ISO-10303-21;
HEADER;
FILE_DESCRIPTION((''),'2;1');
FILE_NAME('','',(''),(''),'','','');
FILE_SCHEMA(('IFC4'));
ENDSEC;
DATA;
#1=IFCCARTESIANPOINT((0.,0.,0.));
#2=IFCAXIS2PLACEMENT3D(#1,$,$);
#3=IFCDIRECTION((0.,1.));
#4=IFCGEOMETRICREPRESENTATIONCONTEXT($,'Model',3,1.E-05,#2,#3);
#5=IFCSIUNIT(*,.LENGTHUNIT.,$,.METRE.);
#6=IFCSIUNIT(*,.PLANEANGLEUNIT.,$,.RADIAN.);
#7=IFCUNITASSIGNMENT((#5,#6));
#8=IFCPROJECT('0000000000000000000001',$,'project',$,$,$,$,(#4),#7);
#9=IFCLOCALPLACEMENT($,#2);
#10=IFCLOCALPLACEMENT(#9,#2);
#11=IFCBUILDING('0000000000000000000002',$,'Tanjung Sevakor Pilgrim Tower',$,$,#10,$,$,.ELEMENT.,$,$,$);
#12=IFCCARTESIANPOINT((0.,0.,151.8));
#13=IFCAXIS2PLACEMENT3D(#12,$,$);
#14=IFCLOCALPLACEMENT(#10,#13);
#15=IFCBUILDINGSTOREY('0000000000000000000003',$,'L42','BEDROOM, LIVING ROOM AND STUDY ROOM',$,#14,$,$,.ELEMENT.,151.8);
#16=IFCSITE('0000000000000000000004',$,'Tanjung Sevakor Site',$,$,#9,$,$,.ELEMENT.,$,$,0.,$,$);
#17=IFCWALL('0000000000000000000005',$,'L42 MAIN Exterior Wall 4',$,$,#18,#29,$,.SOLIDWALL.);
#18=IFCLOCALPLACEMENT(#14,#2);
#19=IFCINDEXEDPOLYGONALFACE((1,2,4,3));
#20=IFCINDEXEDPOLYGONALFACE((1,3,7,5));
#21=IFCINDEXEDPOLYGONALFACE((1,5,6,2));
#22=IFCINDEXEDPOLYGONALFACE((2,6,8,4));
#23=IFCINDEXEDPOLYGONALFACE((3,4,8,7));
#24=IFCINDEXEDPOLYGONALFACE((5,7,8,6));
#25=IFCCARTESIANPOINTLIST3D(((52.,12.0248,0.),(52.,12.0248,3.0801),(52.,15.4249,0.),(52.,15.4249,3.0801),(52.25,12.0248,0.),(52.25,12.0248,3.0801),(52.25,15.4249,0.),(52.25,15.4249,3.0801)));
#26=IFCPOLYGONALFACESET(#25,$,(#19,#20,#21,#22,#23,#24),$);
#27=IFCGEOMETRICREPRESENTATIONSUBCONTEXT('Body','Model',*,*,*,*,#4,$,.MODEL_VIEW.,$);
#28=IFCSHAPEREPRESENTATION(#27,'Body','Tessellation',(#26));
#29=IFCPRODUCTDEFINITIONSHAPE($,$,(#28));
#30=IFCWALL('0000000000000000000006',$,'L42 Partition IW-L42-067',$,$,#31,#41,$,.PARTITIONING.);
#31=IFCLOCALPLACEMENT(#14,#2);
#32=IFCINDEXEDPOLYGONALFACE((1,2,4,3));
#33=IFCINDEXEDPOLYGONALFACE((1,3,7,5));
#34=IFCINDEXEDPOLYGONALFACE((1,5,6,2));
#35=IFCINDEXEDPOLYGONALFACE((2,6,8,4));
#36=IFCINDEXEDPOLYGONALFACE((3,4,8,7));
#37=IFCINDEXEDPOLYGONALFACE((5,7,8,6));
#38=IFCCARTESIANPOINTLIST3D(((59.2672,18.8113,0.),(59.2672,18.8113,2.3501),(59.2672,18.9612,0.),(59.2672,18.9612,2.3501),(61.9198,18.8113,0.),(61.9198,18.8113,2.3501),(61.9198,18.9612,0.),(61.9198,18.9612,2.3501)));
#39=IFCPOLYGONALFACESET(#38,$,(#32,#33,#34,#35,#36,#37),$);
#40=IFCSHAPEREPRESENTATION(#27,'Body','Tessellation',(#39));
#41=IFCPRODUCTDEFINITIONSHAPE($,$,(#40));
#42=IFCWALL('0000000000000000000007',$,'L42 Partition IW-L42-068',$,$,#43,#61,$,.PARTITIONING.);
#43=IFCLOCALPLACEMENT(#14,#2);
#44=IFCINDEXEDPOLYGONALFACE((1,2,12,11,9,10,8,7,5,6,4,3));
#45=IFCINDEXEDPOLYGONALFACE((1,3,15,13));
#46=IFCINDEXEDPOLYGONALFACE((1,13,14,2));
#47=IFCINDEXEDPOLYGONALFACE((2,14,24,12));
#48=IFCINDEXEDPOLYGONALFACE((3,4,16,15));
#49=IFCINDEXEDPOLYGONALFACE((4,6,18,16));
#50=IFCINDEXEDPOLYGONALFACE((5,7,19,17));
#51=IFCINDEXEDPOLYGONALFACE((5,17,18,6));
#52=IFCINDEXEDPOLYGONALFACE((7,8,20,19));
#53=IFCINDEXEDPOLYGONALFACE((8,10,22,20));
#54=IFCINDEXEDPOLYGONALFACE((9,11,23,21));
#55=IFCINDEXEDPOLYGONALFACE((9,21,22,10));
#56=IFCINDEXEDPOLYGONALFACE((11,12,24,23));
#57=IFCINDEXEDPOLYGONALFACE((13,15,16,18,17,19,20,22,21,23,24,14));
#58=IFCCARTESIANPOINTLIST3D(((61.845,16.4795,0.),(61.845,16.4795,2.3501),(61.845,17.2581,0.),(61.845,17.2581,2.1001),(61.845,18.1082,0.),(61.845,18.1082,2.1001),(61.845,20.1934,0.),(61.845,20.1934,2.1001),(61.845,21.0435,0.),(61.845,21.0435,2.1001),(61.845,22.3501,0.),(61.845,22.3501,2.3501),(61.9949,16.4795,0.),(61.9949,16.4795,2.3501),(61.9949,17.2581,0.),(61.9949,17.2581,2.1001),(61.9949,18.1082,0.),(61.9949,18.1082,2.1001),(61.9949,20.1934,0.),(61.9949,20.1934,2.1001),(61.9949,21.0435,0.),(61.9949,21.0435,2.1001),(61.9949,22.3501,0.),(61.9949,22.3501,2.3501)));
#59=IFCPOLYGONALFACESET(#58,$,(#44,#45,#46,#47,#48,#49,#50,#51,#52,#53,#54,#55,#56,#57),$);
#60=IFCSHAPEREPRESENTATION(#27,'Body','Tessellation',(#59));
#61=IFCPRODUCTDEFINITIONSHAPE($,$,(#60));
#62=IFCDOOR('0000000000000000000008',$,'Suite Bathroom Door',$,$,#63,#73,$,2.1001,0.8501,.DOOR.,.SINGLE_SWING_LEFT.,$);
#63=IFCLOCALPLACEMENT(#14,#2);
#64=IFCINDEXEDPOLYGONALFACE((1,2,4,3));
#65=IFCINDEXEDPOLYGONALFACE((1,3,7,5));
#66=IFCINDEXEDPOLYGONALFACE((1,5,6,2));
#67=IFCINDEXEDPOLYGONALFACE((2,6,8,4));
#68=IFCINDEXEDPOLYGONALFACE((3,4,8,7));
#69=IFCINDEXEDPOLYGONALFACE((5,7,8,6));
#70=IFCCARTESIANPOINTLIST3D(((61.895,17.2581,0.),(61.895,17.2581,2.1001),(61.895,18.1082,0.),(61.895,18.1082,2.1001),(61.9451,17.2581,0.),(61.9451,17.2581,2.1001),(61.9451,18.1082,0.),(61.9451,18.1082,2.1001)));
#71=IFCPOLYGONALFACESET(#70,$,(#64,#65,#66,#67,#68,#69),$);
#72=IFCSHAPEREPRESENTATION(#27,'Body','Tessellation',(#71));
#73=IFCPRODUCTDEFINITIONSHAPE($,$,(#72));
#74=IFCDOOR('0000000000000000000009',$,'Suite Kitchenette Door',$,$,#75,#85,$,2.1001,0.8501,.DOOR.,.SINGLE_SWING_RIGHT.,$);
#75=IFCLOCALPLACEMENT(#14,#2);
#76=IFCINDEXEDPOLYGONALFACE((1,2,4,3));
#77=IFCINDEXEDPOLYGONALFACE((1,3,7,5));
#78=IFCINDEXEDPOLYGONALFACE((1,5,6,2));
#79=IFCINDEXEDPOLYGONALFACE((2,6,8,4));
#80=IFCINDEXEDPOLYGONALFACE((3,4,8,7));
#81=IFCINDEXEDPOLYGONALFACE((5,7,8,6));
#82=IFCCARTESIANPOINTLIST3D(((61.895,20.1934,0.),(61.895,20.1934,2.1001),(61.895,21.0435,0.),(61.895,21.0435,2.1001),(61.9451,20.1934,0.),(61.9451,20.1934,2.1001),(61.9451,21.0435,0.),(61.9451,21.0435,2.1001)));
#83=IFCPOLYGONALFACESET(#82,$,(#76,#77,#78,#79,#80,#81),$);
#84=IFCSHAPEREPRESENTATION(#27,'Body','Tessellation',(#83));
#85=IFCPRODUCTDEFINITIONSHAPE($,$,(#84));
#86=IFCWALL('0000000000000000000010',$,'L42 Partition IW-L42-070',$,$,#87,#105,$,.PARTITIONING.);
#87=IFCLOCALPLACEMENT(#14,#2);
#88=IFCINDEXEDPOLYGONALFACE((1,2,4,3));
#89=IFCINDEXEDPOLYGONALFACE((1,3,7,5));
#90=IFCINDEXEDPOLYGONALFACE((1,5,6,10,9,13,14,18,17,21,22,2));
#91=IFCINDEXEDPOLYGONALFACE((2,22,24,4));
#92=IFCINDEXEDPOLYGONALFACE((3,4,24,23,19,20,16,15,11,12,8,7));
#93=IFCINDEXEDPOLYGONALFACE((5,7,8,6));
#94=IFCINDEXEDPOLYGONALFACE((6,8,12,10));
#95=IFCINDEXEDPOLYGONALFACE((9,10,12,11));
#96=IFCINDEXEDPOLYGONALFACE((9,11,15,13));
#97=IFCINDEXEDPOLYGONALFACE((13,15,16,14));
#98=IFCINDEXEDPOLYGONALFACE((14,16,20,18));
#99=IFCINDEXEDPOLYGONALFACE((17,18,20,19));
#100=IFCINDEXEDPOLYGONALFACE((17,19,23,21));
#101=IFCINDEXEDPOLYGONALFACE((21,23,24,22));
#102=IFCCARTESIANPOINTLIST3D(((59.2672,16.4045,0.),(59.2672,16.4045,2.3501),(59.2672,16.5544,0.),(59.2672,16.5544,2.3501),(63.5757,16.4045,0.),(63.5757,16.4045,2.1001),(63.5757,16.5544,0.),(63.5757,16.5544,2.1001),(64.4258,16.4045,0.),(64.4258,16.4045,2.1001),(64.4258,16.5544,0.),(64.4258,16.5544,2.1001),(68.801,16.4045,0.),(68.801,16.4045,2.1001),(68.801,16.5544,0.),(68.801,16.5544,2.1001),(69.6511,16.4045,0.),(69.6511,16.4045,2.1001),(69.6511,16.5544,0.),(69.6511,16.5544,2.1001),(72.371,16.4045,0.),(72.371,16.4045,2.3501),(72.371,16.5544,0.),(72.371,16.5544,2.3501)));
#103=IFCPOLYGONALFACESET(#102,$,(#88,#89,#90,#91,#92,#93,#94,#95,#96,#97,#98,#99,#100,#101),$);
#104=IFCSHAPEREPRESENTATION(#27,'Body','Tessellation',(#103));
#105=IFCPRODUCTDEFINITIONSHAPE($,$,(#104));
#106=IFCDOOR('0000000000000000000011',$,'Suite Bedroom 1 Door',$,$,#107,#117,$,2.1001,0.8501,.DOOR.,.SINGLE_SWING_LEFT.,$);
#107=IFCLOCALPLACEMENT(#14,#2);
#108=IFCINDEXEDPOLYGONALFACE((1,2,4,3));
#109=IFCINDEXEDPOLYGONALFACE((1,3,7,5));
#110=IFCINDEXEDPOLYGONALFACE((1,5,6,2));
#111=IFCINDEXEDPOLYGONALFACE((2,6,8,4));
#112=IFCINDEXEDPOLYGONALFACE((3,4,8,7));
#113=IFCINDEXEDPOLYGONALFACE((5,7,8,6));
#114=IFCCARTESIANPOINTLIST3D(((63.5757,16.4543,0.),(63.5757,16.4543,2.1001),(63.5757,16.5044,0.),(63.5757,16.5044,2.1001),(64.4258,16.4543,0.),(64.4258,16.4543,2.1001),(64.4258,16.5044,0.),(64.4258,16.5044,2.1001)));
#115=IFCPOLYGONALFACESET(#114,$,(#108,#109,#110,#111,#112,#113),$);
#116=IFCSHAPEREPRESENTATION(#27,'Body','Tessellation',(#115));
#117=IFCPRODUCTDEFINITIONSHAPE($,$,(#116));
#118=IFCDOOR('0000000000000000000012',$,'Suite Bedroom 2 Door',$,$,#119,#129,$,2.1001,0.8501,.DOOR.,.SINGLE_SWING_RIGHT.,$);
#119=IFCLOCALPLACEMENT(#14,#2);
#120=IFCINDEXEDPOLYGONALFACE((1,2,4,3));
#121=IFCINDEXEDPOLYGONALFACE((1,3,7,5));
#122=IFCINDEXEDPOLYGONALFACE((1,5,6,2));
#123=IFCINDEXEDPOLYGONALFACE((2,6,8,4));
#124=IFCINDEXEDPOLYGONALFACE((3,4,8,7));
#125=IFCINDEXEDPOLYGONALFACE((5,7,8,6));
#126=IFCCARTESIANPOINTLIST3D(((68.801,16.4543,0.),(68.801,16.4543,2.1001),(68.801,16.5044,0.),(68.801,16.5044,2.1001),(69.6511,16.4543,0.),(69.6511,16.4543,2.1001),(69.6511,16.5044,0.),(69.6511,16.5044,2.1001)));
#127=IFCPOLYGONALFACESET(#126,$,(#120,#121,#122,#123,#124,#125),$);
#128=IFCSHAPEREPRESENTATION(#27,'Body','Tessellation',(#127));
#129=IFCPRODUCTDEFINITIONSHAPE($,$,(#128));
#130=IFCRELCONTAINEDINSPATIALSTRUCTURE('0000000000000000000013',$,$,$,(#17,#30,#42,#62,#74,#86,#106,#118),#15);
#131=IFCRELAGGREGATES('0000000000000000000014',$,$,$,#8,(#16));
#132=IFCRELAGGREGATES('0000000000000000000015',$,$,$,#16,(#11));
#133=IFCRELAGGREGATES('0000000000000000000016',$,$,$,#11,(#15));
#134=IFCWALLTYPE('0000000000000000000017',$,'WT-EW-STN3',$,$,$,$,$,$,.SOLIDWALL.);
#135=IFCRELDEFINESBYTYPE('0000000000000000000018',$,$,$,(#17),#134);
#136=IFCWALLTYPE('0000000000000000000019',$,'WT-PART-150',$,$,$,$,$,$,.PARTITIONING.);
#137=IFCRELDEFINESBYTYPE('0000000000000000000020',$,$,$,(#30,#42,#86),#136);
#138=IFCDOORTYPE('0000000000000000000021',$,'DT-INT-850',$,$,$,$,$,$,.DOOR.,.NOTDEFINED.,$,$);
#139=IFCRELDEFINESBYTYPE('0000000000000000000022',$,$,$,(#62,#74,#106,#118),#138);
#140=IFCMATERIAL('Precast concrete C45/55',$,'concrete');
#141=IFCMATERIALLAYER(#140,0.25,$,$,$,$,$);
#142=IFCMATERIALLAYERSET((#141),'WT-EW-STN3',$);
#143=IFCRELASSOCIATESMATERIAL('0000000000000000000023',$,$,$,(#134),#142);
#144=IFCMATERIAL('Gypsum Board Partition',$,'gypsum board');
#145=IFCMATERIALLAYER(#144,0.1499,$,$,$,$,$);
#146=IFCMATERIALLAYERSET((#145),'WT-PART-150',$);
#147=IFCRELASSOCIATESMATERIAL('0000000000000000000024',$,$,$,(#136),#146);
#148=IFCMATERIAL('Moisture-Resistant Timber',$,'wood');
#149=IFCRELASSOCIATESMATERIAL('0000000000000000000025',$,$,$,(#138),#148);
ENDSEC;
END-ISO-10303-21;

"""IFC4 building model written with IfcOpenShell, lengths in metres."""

from ifc_helpers import new_model, si_unit, direction, frame, frame_2d, origin, place, context, subcontext, project, spatial, rectangle, extrude, material, layer, layer_set, type_object, element, fill, save


model = new_model("IFC4")

# Units and contexts
model_context = context("Model", 3, precision=1e-05, world=origin(), true_north=direction((0.0, 1.0)))
body_context = subcontext(model_context, "Body", "Model", "MODEL_VIEW")
ifc_project = project(units=[si_unit("LENGTHUNIT", "METRE"), si_unit("PLANEANGLEUNIT", "RADIAN")], contexts=[model_context])

# Site, building, storey
site_placement = place(None, origin())
site = spatial("IfcSite", under=ifc_project, at=site_placement, Name="Tanjung Sevakor Site", CompositionType="ELEMENT", RefElevation=0.0)
building_placement = place(site_placement, origin())
building = spatial("IfcBuilding", under=site, at=building_placement, Name="Tanjung Sevakor Pilgrim Tower", CompositionType="ELEMENT")
storey_placement = place(building_placement, frame((0.0, 0.0, 151.8)))
storey = spatial("IfcBuildingStorey", under=building, at=storey_placement, Name="L42", Description="BEDROOM, LIVING ROOM AND STUDY ROOM", CompositionType="ELEMENT", Elevation=151.8)

# Walls
ifc_material_1 = material(Name="Precast concrete C45/55", Category="concrete")
ifc_layer_1 = layer(ifc_material_1, 0.25)
ifc_layer_set_1 = layer_set([ifc_layer_1], Name="WT-EW-STN3")
wall_type_1 = type_object("IfcWallType", Name="WT-EW-STN3", PredefinedType="SOLIDWALL", material=ifc_layer_set_1)
wall_1_placement = place(storey_placement, frame((52.125, 15.425, 0.0), z_axis=(0.0, 0.0, 1.0), x_axis=(0.0, -1.0, 0.0)))
element("IfcWall", 1, at=wall_1_placement, inside=storey, type_object=wall_type_1, Name="L42 MAIN Exterior Wall 4", PredefinedType="SOLIDWALL", context=body_context, shape_type="SweptSolid", body=[
    extrude(rectangle(XDim=3.4001, YDim=0.25, at=frame_2d((1.7002, 0.0))), origin(), (0.0, 0.0, 1.0), 3.0801),
])
ifc_material_2 = material(Name="Gypsum Board Partition", Category="gypsum board")
ifc_layer_2 = layer(ifc_material_2, 0.1499)
ifc_layer_set_2 = layer_set([ifc_layer_2], Name="WT-PART-150")
wall_type_2 = type_object("IfcWallType", Name="WT-PART-150", PredefinedType="PARTITIONING", material=ifc_layer_set_2)
wall_2_placement = place(storey_placement, frame((59.2673, 18.8862, 0.0), z_axis=(0.0, 0.0, 1.0), x_axis=(1.0, 0.0, 0.0)))
element("IfcWall", 2, at=wall_2_placement, inside=storey, type_object=wall_type_2, Name="L42 Partition IW-L42-067", PredefinedType="PARTITIONING", context=body_context, shape_type="SweptSolid", body=[
    extrude(rectangle(XDim=2.6526, YDim=0.1499, at=frame_2d((1.3262, 0.0))), origin(), (0.0, 0.0, 1.0), 2.3501),
])

# Walls, openings, doors
wall_3_placement = place(storey_placement, frame((61.9199, 16.4795, 0.0), z_axis=(0.0, 0.0, 1.0), x_axis=(0.0, 1.0, 0.0)))
wall_3 = element("IfcWall", 3, at=wall_3_placement, inside=storey, type_object=wall_type_2, Name="L42 Partition IW-L42-068", PredefinedType="PARTITIONING", context=body_context, shape_type="SweptSolid", body=[
    extrude(rectangle(XDim=5.8706, YDim=0.1499, at=frame_2d((2.9353, 0.0))), origin(), (0.0, 0.0, 1.0), 2.3501),
])
opening_1_placement = place(wall_3_placement, frame((0.7786, 0.0, 0.0)))
opening_1 = element("IfcOpeningElement", 4, at=opening_1_placement, cuts=wall_3, PredefinedType="OPENING", context=body_context, shape_type="SweptSolid", body=[
    extrude(rectangle(XDim=0.8501, YDim=2.1001, at=frame_2d((0.425, 1.05))), frame((0.0, 0.085, 0.0), z_axis=(0.0, -1.0, 0.0), x_axis=(1.0, 0.0, 0.0)), (0.0, 0.0, 1.0), 0.1699),
])
opening_2_placement = place(wall_3_placement, frame((3.7139, 0.0, 0.0)))
opening_2 = element("IfcOpeningElement", 5, at=opening_2_placement, cuts=wall_3, PredefinedType="OPENING", context=body_context, shape_type="SweptSolid", body=[
    extrude(rectangle(XDim=0.8501, YDim=2.1001, at=frame_2d((0.425, 1.05))), frame((0.0, 0.085, 0.0), z_axis=(0.0, -1.0, 0.0), x_axis=(1.0, 0.0, 0.0)), (0.0, 0.0, 1.0), 0.1699),
])
ifc_material_3 = material(Name="Moisture-Resistant Timber", Category="wood")
door_type_1 = type_object("IfcDoorType", Name="DT-INT-850", OperationType="NOTDEFINED", PredefinedType="DOOR", material=ifc_material_3)
door_1_placement = place(opening_1_placement, origin())
door_1 = element("IfcDoor", 6, at=door_1_placement, inside=storey, type_object=door_type_1, Name="Suite Bathroom Door", OperationType="SINGLE_SWING_LEFT", OverallHeight=2.1001, OverallWidth=0.8501, PredefinedType="DOOR", context=body_context, shape_type="SweptSolid", body=[
    extrude(rectangle(XDim=0.8501, YDim=2.1001, at=frame_2d((0.425, 1.05))), frame((0.0, 0.0249, 0.0), z_axis=(0.0, -1.0, 0.0), x_axis=(1.0, 0.0, 0.0)), (0.0, 0.0, 1.0), 0.05),
])
fill(opening_1, door_1)
door_2_placement = place(opening_2_placement, origin())
door_2 = element("IfcDoor", 7, at=door_2_placement, inside=storey, type_object=door_type_1, Name="Suite Kitchenette Door", OperationType="SINGLE_SWING_RIGHT", OverallHeight=2.1001, OverallWidth=0.8501, PredefinedType="DOOR", context=body_context, shape_type="SweptSolid", body=[
    extrude(rectangle(XDim=0.8501, YDim=2.1001, at=frame_2d((0.425, 1.05))), frame((0.0, 0.0249, 0.0), z_axis=(0.0, -1.0, 0.0), x_axis=(1.0, 0.0, 0.0)), (0.0, 0.0, 1.0), 0.05),
])
fill(opening_2, door_2)
wall_4_placement = place(storey_placement, frame((59.2673, 16.4795, 0.0), z_axis=(0.0, 0.0, 1.0), x_axis=(1.0, 0.0, 0.0)))
wall_4 = element("IfcWall", 8, at=wall_4_placement, inside=storey, type_object=wall_type_2, Name="L42 Partition IW-L42-070", PredefinedType="PARTITIONING", context=body_context, shape_type="SweptSolid", body=[
    extrude(rectangle(XDim=13.1038, YDim=0.1499, at=frame_2d((6.5518, 0.0))), origin(), (0.0, 0.0, 1.0), 2.3501),
])
opening_3_placement = place(wall_4_placement, frame((4.3083, 0.0, 0.0)))
opening_3 = element("IfcOpeningElement", 9, at=opening_3_placement, cuts=wall_4, PredefinedType="OPENING", context=body_context, shape_type="SweptSolid", body=[
    extrude(rectangle(XDim=0.8501, YDim=2.1001, at=frame_2d((0.425, 1.05))), frame((0.0, 0.085, 0.0), z_axis=(0.0, -1.0, 0.0), x_axis=(1.0, 0.0, 0.0)), (0.0, 0.0, 1.0), 0.1699),
])
opening_4_placement = place(wall_4_placement, frame((9.5337, 0.0, 0.0)))
opening_4 = element("IfcOpeningElement", 10, at=opening_4_placement, cuts=wall_4, PredefinedType="OPENING", context=body_context, shape_type="SweptSolid", body=[
    extrude(rectangle(XDim=0.8501, YDim=2.1001, at=frame_2d((0.425, 1.05))), frame((0.0, 0.085, 0.0), z_axis=(0.0, -1.0, 0.0), x_axis=(1.0, 0.0, 0.0)), (0.0, 0.0, 1.0), 0.1699),
])
door_3_placement = place(opening_3_placement, origin())
door_3 = element("IfcDoor", 11, at=door_3_placement, inside=storey, type_object=door_type_1, Name="Suite Bedroom 1 Door", OperationType="SINGLE_SWING_LEFT", OverallHeight=2.1001, OverallWidth=0.8501, PredefinedType="DOOR", context=body_context, shape_type="SweptSolid", body=[
    extrude(rectangle(XDim=0.8501, YDim=2.1001, at=frame_2d((0.425, 1.05))), frame((0.0, 0.0249, 0.0), z_axis=(0.0, -1.0, 0.0), x_axis=(1.0, 0.0, 0.0)), (0.0, 0.0, 1.0), 0.05),
])
fill(opening_3, door_3)
door_4_placement = place(opening_4_placement, origin())
door_4 = element("IfcDoor", 12, at=door_4_placement, inside=storey, type_object=door_type_1, Name="Suite Bedroom 2 Door", OperationType="SINGLE_SWING_RIGHT", OverallHeight=2.1001, OverallWidth=0.8501, PredefinedType="DOOR", context=body_context, shape_type="SweptSolid", body=[
    extrude(rectangle(XDim=0.8501, YDim=2.1001, at=frame_2d((0.425, 1.05))), frame((0.0, 0.0249, 0.0), z_axis=(0.0, -1.0, 0.0), x_axis=(1.0, 0.0, 0.0)), (0.0, 0.0, 1.0), 0.05),
])
fill(opening_4, door_4)

save(model, "model.ifc")
